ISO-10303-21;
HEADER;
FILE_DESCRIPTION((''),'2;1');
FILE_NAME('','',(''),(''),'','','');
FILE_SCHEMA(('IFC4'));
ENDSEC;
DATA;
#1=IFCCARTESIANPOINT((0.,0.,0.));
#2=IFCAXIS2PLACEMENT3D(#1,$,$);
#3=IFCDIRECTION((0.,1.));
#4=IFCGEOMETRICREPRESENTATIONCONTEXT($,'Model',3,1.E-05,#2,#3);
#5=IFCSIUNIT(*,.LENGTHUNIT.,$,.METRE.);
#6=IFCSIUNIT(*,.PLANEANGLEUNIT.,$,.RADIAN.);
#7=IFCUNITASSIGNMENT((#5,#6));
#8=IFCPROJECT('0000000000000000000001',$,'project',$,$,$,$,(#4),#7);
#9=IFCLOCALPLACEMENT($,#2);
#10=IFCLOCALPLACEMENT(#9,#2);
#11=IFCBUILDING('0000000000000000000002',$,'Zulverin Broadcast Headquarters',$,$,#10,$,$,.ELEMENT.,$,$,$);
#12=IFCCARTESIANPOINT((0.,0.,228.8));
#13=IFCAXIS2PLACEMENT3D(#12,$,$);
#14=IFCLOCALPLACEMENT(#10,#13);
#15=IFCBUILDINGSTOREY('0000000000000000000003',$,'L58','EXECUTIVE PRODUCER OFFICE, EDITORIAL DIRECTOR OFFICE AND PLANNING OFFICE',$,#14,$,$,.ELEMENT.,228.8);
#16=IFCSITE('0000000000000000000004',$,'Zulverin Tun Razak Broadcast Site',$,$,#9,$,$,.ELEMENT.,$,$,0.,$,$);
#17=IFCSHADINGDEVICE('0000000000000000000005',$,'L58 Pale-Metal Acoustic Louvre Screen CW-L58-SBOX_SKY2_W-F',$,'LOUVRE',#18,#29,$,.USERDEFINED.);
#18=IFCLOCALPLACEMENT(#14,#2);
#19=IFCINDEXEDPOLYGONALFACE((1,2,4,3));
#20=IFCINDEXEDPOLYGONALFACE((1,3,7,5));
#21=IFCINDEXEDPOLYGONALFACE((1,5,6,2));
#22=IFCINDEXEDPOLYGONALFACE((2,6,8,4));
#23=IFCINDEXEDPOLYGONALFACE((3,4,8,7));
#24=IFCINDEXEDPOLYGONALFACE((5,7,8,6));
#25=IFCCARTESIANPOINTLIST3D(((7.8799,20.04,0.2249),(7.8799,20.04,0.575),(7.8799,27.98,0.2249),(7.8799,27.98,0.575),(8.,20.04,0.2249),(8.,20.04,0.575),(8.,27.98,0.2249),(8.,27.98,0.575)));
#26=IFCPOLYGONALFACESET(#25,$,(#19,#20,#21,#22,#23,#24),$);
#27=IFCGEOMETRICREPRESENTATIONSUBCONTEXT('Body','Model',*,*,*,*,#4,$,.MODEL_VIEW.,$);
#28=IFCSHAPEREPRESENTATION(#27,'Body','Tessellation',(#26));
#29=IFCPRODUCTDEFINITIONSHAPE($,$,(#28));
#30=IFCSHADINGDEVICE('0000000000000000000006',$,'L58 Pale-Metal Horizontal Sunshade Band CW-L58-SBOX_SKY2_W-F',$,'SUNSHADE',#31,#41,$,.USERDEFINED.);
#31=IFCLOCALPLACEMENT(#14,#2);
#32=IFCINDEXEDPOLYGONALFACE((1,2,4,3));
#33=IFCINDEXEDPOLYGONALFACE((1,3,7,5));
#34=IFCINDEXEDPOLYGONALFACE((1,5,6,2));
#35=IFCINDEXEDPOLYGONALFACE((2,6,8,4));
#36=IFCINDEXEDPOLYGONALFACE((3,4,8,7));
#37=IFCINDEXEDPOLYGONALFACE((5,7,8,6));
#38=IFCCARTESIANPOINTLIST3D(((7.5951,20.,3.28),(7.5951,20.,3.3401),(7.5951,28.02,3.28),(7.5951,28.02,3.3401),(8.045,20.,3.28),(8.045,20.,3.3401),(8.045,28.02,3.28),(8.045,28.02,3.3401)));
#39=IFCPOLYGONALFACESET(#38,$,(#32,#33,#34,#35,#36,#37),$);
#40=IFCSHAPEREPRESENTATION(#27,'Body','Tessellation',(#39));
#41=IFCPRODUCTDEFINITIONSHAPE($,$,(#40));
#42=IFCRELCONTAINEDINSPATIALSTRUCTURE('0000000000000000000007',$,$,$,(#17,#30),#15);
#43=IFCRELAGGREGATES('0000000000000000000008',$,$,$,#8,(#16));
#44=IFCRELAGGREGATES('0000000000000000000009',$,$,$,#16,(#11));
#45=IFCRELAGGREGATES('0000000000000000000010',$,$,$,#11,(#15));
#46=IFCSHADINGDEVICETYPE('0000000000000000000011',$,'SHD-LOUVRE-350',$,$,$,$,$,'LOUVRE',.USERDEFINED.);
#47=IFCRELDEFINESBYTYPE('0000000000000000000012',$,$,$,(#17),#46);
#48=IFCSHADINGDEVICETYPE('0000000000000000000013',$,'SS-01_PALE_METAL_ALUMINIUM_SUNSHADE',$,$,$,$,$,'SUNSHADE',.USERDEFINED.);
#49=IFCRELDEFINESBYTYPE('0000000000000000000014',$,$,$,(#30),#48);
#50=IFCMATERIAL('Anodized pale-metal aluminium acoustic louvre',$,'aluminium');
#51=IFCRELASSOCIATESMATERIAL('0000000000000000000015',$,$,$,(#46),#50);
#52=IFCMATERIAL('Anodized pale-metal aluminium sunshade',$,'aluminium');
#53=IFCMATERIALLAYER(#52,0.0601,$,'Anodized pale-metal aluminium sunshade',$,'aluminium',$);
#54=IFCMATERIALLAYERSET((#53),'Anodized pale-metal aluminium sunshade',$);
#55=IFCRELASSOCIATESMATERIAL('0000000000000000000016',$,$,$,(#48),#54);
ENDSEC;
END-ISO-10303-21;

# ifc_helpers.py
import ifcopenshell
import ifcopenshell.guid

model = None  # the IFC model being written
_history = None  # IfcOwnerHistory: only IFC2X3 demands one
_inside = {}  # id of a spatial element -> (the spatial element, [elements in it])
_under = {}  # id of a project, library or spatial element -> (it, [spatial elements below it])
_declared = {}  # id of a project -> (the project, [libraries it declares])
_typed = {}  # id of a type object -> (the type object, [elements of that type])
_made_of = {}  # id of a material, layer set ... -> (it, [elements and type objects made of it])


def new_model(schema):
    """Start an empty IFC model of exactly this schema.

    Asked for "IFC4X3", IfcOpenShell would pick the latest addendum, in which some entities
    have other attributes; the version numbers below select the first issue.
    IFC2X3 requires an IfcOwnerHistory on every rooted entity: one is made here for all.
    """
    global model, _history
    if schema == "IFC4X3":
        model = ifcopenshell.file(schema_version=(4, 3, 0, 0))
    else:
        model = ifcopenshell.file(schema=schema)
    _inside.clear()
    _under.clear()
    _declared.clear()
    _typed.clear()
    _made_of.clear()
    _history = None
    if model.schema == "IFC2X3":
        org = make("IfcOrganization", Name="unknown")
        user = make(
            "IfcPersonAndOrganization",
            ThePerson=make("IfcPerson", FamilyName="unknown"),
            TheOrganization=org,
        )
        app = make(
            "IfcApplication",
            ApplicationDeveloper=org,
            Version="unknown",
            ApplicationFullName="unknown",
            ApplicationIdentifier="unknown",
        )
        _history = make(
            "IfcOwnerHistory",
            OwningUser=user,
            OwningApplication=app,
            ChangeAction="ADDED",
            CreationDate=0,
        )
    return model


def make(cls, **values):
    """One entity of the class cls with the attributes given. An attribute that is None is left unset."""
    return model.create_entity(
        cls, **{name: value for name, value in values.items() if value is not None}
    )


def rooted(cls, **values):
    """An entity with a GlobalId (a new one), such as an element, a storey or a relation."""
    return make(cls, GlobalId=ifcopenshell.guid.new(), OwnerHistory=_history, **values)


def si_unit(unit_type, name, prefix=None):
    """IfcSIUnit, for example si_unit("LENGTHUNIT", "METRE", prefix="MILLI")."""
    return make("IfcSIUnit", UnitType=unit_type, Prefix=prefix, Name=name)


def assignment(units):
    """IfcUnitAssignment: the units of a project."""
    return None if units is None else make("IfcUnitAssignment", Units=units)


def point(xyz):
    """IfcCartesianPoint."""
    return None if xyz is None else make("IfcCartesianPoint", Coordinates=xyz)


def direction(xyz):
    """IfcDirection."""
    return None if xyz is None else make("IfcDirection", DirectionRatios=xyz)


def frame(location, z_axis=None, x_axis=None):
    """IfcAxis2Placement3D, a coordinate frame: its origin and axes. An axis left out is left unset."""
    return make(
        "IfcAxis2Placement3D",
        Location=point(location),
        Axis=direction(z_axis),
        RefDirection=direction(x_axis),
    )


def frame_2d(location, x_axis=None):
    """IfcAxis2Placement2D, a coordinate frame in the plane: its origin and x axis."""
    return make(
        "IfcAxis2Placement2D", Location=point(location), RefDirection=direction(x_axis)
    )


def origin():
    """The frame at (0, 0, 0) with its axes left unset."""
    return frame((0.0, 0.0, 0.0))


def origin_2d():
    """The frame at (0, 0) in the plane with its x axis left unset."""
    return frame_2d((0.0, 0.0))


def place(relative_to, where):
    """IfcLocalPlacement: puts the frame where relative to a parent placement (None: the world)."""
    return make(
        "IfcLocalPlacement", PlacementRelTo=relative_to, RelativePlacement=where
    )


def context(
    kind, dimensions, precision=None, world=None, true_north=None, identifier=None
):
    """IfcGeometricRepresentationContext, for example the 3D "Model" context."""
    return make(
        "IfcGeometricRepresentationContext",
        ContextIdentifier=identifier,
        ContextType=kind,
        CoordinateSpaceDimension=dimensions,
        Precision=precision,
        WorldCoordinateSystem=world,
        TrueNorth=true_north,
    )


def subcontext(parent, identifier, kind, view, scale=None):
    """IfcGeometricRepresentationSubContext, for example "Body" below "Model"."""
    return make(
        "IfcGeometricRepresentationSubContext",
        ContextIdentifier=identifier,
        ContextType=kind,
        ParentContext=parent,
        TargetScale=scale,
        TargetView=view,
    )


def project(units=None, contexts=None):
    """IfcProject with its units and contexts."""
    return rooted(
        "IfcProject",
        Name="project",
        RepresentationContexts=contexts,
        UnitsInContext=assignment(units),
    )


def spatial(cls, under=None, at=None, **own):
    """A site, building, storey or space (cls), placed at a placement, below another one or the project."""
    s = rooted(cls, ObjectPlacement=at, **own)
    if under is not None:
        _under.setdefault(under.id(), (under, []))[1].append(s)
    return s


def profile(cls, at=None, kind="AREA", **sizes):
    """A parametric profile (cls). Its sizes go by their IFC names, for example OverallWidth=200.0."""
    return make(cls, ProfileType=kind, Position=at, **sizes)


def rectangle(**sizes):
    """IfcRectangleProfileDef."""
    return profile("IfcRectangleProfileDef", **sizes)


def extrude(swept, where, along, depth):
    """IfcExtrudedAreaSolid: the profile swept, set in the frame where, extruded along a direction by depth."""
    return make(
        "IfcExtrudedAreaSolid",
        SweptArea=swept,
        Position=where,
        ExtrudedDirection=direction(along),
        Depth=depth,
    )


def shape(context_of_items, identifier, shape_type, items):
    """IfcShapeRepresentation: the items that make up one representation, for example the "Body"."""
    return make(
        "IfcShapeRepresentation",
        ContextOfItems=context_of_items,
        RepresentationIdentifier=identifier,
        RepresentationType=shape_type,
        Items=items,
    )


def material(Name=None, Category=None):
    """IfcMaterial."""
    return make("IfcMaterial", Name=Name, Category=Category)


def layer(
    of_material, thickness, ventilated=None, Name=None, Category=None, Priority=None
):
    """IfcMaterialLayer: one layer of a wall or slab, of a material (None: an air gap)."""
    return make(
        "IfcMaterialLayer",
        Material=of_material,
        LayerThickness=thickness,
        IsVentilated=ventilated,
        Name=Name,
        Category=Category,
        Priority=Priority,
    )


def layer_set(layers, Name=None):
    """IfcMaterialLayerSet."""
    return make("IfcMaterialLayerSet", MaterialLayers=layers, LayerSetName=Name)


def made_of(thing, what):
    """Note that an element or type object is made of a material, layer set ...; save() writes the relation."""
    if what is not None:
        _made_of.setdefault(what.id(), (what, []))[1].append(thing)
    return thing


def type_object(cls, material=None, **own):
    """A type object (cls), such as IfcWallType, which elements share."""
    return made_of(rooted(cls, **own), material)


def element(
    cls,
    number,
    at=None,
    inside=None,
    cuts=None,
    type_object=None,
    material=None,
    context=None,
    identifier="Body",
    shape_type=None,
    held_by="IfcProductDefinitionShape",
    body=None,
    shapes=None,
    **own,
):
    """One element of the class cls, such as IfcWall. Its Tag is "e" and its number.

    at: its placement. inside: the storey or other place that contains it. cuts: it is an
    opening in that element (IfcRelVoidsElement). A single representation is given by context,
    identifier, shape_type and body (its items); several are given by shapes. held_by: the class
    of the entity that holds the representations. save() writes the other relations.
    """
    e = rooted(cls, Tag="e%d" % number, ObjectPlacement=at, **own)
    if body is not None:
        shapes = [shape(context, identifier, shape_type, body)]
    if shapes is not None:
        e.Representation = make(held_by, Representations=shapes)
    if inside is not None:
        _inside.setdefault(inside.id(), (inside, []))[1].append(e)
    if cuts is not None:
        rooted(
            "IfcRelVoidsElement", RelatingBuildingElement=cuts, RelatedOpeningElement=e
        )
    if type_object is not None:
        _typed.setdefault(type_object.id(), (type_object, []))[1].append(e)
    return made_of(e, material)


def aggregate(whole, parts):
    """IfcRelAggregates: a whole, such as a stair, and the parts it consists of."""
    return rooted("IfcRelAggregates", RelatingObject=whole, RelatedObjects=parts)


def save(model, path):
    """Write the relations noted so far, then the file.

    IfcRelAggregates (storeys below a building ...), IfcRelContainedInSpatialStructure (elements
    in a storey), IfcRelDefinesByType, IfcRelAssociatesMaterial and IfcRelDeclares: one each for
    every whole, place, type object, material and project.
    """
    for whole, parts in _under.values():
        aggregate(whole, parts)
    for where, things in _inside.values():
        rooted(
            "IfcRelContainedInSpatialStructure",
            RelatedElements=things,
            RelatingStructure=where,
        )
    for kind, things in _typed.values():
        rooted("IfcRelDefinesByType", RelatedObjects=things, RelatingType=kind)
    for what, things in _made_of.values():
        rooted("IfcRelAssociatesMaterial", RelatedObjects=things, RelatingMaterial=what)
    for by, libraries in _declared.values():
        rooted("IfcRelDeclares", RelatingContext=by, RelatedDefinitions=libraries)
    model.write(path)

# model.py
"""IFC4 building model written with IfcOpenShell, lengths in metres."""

from ifc_helpers import new_model, si_unit, direction, frame, origin, origin_2d, place, context, subcontext, project, spatial, rectangle, extrude, material, layer, layer_set, type_object, element, save


model = new_model("IFC4")

# Units and contexts
model_context = context("Model", 3, precision=1e-05, world=origin(), true_north=direction((0.0, 1.0)))
body_context = subcontext(model_context, "Body", "Model", "MODEL_VIEW")
ifc_project = project(units=[si_unit("LENGTHUNIT", "METRE"), si_unit("PLANEANGLEUNIT", "RADIAN")], contexts=[model_context])

# Site, building, storey
site_placement = place(None, origin())
site = spatial("IfcSite", under=ifc_project, at=site_placement, Name="Zulverin Tun Razak Broadcast Site", CompositionType="ELEMENT", RefElevation=0.0)
building_placement = place(site_placement, origin())
building = spatial("IfcBuilding", under=site, at=building_placement, Name="Zulverin Broadcast Headquarters", CompositionType="ELEMENT")
storey_placement = place(building_placement, frame((0.0, 0.0, 228.8)))
storey = spatial("IfcBuildingStorey", under=building, at=storey_placement, Name="L58", Description="EXECUTIVE PRODUCER OFFICE, EDITORIAL DIRECTOR OFFICE AND PLANNING OFFICE", CompositionType="ELEMENT", Elevation=228.8)

# Shading devices
ifc_material_1 = material(Name="Anodized pale-metal aluminium acoustic louvre", Category="aluminium")
shading_device_type_1 = type_object("IfcShadingDeviceType", Name="SHD-LOUVRE-350", ElementType="LOUVRE", PredefinedType="USERDEFINED", material=ifc_material_1)
shading_device_1_placement = place(storey_placement, frame((7.9399, 24.01, 0.2249), z_axis=(0.0, 0.0, 1.0), x_axis=(0.0, -1.0, 0.0)))
element("IfcShadingDevice", 1, at=shading_device_1_placement, inside=storey, type_object=shading_device_type_1, Name="L58 Pale-Metal Acoustic Louvre Screen CW-L58-SBOX_SKY2_W-F", ObjectType="LOUVRE", PredefinedType="USERDEFINED", context=body_context, shape_type="SweptSolid", body=[
    extrude(rectangle(XDim=7.9399, YDim=0.1201, at=origin_2d()), origin(), (0.0, 0.0, 1.0), 0.3501),
])
ifc_material_2 = material(Name="Anodized pale-metal aluminium sunshade", Category="aluminium")
ifc_layer_1 = layer(ifc_material_2, 0.0601, Name="Anodized pale-metal aluminium sunshade", Category="aluminium")
ifc_layer_set_1 = layer_set([ifc_layer_1], Name="Anodized pale-metal aluminium sunshade")
shading_device_type_2 = type_object("IfcShadingDeviceType", Name="SS-01_PALE_METAL_ALUMINIUM_SUNSHADE", ElementType="SUNSHADE", PredefinedType="USERDEFINED", material=ifc_layer_set_1)
shading_device_2_placement = place(storey_placement, frame((7.8201, 24.01, 3.28), z_axis=(0.0, 0.0, 1.0), x_axis=(0.0, -1.0, 0.0)))
element("IfcShadingDevice", 2, at=shading_device_2_placement, inside=storey, type_object=shading_device_type_2, Name="L58 Pale-Metal Horizontal Sunshade Band CW-L58-SBOX_SKY2_W-F", ObjectType="SUNSHADE", PredefinedType="USERDEFINED", context=body_context, shape_type="SweptSolid", body=[
    extrude(rectangle(XDim=8.02, YDim=0.45, at=origin_2d()), origin(), (0.0, 0.0, 1.0), 0.0601),
])

save(model, "model.ifc")
